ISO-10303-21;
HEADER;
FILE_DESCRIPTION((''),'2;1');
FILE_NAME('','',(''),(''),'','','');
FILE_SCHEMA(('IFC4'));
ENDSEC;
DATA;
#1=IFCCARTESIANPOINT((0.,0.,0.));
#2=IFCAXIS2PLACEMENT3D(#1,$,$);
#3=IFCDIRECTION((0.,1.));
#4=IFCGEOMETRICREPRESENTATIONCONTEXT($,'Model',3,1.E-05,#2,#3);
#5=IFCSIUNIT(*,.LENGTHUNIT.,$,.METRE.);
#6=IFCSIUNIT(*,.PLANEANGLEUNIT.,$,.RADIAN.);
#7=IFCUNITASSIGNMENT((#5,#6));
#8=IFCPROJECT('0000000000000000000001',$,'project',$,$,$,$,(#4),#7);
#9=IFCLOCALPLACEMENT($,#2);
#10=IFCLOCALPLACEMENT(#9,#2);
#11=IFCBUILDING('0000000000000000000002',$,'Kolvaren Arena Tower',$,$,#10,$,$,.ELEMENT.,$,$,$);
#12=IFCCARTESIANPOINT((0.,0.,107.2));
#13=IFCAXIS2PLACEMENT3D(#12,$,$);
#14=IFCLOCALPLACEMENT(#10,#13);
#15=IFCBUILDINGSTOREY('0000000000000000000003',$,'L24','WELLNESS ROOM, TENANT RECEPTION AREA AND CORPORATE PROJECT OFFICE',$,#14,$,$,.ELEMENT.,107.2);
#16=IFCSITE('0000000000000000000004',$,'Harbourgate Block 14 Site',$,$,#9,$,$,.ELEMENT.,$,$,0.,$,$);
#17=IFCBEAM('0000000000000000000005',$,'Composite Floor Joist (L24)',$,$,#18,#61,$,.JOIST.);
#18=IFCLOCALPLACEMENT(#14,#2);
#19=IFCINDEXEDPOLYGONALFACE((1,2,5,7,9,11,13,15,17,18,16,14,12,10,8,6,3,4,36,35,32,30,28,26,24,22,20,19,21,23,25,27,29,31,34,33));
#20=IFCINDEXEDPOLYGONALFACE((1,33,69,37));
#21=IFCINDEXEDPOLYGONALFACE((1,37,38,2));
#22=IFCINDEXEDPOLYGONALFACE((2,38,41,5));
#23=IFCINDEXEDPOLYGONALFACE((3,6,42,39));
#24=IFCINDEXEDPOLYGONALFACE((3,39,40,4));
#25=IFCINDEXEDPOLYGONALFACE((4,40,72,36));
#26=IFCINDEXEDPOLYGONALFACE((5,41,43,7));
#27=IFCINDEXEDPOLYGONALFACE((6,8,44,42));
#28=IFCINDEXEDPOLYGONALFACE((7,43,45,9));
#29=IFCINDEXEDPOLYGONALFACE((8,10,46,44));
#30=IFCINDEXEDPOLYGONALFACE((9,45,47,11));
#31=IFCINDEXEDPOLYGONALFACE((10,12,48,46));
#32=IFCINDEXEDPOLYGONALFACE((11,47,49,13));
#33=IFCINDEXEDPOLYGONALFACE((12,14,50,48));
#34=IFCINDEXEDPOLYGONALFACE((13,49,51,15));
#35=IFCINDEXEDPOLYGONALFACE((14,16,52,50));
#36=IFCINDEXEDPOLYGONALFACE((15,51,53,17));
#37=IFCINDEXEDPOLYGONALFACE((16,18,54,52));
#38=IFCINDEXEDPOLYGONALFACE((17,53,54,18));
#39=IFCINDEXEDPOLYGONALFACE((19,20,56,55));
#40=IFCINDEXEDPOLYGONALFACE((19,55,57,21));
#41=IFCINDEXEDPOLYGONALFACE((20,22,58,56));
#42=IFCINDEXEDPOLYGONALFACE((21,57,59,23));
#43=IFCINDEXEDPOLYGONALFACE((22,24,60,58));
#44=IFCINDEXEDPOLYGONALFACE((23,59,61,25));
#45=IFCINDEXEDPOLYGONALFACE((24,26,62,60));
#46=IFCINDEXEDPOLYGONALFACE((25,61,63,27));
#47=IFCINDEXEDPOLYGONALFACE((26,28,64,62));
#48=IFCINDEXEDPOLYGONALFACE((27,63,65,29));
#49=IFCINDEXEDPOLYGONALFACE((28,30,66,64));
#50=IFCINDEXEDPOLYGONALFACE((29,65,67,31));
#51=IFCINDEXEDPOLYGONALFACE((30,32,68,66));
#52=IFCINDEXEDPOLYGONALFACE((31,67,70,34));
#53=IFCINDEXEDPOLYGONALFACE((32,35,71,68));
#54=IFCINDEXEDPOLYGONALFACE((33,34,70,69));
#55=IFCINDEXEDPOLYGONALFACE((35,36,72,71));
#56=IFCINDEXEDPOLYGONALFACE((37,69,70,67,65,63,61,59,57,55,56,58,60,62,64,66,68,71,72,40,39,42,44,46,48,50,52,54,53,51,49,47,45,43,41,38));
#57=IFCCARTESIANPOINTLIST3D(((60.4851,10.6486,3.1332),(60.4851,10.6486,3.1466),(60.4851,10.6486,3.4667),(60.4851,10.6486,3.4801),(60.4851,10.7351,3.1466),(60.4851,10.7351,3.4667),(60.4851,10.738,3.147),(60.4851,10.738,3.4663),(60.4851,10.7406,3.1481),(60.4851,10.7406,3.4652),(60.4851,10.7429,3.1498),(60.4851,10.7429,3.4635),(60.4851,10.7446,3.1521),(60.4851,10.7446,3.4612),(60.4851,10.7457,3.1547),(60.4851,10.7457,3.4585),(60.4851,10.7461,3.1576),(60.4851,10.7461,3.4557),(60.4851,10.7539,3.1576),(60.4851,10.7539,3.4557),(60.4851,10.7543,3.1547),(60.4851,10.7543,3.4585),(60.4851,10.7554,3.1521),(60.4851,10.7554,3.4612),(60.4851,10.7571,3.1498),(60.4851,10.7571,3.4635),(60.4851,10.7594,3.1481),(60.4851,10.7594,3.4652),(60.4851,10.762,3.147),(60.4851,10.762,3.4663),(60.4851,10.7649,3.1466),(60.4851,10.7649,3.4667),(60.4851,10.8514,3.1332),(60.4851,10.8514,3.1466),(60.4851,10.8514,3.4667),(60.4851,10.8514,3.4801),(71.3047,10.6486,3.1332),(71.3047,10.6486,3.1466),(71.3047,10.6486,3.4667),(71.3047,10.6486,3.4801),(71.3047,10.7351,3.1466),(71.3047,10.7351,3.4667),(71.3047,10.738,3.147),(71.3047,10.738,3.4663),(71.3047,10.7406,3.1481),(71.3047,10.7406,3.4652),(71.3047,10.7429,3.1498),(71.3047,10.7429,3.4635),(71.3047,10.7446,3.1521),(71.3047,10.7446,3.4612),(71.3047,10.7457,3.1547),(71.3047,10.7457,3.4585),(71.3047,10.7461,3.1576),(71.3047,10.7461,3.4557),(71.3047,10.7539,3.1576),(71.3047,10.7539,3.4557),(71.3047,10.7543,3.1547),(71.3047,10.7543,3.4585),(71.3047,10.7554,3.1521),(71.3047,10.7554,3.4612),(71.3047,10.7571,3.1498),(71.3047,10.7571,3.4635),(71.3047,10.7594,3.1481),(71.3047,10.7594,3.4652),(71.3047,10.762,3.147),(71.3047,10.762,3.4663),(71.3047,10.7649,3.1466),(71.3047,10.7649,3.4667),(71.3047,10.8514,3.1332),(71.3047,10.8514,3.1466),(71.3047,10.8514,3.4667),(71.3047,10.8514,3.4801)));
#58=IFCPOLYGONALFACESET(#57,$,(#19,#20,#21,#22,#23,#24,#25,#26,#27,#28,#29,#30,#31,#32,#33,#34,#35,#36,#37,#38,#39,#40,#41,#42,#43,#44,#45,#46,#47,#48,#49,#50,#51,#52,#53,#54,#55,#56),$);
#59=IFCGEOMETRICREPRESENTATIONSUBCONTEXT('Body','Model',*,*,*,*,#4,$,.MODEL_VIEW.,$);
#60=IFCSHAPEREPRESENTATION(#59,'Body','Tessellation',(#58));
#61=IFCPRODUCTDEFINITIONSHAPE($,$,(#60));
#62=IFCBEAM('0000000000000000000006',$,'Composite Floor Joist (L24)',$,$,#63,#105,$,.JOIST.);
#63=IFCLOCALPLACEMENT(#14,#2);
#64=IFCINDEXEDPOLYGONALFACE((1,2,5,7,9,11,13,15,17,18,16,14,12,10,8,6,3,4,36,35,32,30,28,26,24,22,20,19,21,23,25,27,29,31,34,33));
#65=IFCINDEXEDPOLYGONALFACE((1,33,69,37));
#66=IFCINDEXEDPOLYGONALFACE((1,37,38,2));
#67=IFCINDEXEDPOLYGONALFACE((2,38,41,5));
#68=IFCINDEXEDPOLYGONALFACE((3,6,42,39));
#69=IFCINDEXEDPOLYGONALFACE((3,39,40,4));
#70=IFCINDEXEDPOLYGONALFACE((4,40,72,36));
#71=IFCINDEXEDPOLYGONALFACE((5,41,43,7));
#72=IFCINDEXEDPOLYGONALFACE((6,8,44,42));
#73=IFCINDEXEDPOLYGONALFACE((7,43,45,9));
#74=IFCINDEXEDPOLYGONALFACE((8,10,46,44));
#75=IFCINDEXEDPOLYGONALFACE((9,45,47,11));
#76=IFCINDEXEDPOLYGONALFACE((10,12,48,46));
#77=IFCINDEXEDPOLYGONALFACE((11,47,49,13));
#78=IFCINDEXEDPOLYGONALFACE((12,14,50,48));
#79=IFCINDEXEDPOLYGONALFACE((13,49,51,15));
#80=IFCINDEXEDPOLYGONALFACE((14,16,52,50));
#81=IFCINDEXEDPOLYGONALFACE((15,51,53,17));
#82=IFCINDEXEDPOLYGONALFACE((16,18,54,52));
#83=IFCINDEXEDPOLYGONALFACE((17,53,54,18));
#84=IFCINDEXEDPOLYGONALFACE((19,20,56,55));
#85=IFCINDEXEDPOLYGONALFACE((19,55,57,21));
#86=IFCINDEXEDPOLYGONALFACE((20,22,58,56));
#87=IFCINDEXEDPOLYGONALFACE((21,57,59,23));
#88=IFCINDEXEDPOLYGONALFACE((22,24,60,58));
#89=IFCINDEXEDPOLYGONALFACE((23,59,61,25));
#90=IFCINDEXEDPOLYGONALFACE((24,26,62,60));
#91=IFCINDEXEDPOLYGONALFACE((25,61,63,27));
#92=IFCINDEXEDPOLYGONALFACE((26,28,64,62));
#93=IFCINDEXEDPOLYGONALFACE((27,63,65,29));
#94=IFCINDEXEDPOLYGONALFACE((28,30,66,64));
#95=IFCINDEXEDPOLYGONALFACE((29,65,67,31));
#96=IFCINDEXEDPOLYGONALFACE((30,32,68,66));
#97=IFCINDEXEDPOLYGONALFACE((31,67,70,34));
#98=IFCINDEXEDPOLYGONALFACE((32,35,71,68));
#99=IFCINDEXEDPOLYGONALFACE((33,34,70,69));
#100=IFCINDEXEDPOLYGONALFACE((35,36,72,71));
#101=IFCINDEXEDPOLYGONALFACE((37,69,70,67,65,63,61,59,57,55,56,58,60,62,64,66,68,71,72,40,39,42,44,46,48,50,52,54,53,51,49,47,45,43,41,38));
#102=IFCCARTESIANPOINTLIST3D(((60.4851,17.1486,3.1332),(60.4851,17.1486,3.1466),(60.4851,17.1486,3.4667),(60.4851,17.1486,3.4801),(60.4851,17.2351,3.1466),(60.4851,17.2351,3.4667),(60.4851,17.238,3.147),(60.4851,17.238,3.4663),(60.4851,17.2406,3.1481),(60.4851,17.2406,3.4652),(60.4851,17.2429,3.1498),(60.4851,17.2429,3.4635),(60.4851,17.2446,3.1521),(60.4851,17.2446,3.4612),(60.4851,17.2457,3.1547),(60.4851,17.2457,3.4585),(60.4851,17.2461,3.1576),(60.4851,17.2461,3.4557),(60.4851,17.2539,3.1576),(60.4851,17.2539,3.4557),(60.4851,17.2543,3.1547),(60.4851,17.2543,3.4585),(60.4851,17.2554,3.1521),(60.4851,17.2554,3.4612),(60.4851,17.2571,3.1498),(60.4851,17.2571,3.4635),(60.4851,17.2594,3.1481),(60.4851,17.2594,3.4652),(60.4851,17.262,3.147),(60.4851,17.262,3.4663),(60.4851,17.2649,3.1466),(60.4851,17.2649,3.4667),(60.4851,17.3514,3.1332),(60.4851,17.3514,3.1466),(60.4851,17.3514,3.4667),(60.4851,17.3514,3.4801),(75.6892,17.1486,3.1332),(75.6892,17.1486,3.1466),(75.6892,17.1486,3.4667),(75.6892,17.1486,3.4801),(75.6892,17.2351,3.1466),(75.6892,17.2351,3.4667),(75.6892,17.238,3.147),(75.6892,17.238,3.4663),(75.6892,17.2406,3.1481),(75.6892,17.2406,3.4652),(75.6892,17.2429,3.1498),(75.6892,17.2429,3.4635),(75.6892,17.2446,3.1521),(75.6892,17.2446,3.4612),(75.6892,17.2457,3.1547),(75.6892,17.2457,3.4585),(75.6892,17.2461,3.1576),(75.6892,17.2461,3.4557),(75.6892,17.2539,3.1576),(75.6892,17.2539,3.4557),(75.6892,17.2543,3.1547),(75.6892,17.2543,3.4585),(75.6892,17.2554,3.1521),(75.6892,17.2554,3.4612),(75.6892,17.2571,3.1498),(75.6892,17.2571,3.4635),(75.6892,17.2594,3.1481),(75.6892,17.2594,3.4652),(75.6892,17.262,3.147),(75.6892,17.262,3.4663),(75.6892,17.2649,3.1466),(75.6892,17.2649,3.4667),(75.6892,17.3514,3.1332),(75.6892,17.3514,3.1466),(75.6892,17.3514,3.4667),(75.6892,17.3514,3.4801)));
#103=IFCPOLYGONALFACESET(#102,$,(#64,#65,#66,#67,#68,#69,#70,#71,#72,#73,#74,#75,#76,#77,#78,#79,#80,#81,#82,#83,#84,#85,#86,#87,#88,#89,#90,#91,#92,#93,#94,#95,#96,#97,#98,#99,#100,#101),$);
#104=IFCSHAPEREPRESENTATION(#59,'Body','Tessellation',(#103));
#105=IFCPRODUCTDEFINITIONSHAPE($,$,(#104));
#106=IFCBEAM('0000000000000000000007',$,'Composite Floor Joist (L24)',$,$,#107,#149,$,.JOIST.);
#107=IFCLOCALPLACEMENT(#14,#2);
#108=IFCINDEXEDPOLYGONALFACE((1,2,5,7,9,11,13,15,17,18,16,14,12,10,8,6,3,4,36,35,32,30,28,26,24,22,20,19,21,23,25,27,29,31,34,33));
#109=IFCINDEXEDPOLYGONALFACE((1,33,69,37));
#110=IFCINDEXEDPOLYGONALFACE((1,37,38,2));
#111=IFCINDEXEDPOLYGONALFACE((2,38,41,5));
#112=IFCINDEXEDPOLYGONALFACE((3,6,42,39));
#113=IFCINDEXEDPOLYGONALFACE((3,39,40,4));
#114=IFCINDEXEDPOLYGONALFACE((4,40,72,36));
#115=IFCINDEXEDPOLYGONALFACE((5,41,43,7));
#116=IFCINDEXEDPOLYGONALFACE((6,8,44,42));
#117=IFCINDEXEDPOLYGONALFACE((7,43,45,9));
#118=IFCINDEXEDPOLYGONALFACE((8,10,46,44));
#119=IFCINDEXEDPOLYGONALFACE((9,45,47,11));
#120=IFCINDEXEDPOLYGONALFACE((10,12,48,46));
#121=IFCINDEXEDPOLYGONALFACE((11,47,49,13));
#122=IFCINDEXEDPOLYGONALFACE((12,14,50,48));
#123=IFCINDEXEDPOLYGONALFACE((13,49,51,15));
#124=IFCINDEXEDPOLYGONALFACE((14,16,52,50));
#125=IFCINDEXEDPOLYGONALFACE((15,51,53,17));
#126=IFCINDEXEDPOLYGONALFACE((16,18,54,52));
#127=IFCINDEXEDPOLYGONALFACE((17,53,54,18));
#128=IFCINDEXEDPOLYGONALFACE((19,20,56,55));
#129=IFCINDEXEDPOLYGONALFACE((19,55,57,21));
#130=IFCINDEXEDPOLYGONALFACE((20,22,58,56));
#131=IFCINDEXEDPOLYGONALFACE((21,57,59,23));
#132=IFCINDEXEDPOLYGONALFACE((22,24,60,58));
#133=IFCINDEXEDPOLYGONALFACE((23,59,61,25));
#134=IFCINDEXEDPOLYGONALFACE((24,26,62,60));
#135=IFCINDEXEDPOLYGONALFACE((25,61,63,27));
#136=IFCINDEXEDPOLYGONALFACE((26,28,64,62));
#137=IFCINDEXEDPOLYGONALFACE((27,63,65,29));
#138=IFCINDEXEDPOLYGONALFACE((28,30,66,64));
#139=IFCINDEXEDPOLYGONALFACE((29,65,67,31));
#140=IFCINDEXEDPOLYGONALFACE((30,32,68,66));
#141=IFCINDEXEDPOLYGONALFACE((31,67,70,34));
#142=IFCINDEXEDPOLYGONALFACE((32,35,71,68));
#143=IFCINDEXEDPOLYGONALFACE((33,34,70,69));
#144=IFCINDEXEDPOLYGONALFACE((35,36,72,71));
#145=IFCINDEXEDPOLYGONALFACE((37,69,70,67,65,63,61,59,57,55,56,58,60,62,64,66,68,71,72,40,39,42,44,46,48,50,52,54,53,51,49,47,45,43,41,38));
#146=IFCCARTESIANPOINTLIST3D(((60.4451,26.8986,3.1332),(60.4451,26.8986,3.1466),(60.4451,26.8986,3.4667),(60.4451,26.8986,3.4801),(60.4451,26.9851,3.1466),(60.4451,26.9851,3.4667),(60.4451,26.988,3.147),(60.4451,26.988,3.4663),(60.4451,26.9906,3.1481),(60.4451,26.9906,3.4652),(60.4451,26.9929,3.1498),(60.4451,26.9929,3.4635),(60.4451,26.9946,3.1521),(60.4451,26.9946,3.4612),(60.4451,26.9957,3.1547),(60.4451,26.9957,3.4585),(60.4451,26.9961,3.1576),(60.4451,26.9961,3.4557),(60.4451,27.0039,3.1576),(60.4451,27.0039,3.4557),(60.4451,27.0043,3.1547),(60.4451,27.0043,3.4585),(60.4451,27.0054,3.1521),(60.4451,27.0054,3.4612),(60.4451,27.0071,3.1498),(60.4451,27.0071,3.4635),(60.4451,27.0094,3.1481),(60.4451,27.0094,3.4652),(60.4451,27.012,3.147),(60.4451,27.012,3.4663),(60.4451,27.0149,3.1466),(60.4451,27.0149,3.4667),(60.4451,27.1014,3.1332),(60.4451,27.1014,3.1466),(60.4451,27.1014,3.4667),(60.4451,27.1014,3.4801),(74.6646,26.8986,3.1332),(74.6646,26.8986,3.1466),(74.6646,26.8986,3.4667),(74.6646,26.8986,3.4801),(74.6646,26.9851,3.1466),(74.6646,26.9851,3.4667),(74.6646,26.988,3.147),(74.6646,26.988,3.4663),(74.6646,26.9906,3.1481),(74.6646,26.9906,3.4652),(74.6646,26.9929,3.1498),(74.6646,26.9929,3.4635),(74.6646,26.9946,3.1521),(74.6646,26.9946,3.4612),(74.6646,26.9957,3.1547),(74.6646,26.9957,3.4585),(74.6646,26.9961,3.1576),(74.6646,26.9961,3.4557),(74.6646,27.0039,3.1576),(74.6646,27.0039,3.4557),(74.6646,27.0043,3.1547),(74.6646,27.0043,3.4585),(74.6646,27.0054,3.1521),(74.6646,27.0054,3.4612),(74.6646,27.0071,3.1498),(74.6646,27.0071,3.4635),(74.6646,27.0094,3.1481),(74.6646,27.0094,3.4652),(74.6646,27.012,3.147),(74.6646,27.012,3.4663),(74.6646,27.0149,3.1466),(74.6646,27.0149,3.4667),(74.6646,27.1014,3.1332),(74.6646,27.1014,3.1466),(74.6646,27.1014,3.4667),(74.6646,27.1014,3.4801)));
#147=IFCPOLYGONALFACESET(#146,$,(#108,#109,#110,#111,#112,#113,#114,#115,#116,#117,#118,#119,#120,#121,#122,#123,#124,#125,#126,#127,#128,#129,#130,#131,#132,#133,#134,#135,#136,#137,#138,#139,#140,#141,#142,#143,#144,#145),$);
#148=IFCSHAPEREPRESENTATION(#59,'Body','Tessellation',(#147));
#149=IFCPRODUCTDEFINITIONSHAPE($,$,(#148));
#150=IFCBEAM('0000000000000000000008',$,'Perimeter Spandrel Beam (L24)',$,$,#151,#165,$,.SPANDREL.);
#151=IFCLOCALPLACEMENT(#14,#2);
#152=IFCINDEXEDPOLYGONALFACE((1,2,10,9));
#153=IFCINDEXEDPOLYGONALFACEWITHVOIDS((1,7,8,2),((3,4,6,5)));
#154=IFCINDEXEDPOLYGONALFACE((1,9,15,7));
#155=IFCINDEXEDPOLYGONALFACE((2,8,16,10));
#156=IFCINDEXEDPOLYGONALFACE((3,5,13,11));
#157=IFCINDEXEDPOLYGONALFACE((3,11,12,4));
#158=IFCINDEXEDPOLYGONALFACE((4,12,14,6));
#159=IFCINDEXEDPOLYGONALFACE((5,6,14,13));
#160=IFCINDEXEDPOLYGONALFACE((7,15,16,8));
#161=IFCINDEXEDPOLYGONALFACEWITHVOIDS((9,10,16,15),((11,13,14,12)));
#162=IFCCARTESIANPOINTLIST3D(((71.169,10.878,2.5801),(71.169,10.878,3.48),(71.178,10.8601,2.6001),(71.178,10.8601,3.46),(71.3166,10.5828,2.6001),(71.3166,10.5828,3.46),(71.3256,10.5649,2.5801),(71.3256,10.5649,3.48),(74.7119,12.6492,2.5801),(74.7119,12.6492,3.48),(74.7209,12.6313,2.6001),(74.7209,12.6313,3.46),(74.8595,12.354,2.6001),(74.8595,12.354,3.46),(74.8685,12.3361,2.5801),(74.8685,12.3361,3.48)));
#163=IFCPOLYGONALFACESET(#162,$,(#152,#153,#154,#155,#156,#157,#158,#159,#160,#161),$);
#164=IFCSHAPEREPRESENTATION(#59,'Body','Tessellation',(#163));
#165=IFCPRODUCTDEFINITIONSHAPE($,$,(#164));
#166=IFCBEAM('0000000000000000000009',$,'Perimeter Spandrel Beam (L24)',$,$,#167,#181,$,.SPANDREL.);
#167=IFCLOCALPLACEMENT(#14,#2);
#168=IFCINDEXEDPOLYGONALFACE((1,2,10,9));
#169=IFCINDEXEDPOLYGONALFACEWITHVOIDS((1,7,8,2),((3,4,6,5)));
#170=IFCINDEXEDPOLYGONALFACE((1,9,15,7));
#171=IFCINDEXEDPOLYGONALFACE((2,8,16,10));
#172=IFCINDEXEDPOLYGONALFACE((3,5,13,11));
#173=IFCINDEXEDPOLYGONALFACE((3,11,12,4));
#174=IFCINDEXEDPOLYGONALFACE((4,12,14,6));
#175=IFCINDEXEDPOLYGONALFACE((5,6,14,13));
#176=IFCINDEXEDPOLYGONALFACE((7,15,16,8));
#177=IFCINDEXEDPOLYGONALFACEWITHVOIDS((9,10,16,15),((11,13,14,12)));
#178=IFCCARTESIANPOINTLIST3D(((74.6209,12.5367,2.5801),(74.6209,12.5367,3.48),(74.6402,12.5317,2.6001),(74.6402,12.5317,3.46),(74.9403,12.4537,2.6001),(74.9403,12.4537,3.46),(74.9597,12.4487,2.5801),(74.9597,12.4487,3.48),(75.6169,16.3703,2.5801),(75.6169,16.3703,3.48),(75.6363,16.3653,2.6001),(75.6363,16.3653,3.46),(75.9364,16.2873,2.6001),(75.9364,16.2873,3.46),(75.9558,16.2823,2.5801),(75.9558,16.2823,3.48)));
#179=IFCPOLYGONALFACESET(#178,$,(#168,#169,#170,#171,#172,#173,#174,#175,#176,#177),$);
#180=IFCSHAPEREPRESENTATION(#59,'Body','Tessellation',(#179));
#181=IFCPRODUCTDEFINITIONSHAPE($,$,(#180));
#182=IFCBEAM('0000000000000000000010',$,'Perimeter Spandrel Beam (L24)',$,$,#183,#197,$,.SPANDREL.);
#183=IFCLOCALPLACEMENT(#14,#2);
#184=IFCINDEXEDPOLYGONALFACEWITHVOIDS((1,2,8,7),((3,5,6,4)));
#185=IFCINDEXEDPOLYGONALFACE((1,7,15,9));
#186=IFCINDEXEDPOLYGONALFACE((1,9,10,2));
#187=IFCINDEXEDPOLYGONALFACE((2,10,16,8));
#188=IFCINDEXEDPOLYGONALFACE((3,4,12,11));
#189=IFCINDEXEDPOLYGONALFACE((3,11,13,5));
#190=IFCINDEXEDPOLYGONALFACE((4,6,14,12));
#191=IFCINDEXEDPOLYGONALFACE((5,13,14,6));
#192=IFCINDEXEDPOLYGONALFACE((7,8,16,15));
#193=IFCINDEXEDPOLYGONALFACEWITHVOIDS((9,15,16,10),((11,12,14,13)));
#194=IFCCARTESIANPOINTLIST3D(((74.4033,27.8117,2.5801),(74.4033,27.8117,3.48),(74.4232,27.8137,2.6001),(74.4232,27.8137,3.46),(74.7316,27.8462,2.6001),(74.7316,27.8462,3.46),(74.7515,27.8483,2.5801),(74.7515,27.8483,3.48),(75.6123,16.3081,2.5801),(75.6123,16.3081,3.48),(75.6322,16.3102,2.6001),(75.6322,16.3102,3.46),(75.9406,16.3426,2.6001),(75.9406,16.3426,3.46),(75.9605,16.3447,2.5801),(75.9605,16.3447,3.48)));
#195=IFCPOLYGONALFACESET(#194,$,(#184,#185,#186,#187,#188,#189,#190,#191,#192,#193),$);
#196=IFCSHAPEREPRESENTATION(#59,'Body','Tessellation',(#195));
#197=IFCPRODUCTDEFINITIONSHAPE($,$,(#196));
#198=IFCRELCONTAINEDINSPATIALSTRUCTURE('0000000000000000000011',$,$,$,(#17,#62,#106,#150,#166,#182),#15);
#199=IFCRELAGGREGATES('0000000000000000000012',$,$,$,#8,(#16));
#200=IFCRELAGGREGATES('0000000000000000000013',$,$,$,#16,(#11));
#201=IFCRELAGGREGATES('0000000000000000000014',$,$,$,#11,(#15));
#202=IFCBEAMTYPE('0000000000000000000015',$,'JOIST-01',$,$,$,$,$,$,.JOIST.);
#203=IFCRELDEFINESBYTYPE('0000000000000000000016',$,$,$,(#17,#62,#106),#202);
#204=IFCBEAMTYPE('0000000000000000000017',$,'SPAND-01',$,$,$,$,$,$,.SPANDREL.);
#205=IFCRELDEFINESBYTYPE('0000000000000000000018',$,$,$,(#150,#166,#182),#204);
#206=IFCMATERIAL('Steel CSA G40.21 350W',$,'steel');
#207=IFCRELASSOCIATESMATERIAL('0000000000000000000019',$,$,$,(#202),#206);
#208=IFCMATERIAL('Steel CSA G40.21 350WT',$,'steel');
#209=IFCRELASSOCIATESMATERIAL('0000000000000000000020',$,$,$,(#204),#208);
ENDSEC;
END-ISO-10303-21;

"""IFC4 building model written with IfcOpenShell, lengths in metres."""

from ifc_helpers import new_model, si_unit, direction, frame, origin, origin_2d, place, context, subcontext, project, spatial, hollow_rectangle, i_section, extrude, material, material_profile, profile_set, type_object, element, save


model = new_model("IFC4")

# Units and contexts
model_context = context("Model", 3, precision=1e-05, world=origin(), true_north=direction((0.0, 1.0)))
body_context = subcontext(model_context, "Body", "Model", "MODEL_VIEW")
ifc_project = project(units=[si_unit("LENGTHUNIT", "METRE"), si_unit("PLANEANGLEUNIT", "RADIAN")], contexts=[model_context])

# Site, building, storey
site_placement = place(None, origin())
site = spatial("IfcSite", under=ifc_project, at=site_placement, Name="Harbourgate Block 14 Site", CompositionType="ELEMENT", RefElevation=0.0)
building_placement = place(site_placement, origin())
building = spatial("IfcBuilding", under=site, at=building_placement, Name="Kolvaren Arena Tower", CompositionType="ELEMENT")
storey_placement = place(building_placement, frame((0.0, 0.0, 107.2)))
storey = spatial("IfcBuildingStorey", under=building, at=storey_placement, Name="L24", Description="WELLNESS ROOM, TENANT RECEPTION AREA AND CORPORATE PROJECT OFFICE", CompositionType="ELEMENT", Elevation=107.2)

# Beams
ifc_material_1 = material(Name="Steel CSA G40.21 350W", Category="steel")
ifc_material_profile_1 = material_profile(ifc_material_1, i_section(OverallWidth=0.2029, OverallDepth=0.3469, WebThickness=0.0078, FlangeThickness=0.0134, FilletRadius=0.011, at=origin_2d()), Name="W360x64")
ifc_profile_set_1 = profile_set([ifc_material_profile_1], Name="Steel CSA G40.21 350W")
beam_type_1 = type_object("IfcBeamType", Name="JOIST-01", PredefinedType="JOIST", material=ifc_profile_set_1)
beam_1_placement = place(storey_placement, frame((60.4851, 10.75, 3.3066), z_axis=(1.0, 0.0, 0.0), x_axis=(0.0, 1.0, 0.0)))
element("IfcBeam", 1, at=beam_1_placement, inside=storey, type_object=beam_type_1, Name="Composite Floor Joist (L24)", PredefinedType="JOIST", context=body_context, shape_type="SweptSolid", body=[
    extrude(i_section(OverallWidth=0.2029, OverallDepth=0.3469, WebThickness=0.0078, FlangeThickness=0.0134, FilletRadius=0.011, at=origin_2d()), origin(), (0.0, 0.0, 1.0), 10.8196),
])
beam_2_placement = place(storey_placement, frame((60.4851, 17.25, 3.3066), z_axis=(1.0, 0.0, 0.0), x_axis=(0.0, 1.0, 0.0)))
element("IfcBeam", 2, at=beam_2_placement, inside=storey, type_object=beam_type_1, Name="Composite Floor Joist (L24)", PredefinedType="JOIST", context=body_context, shape_type="SweptSolid", body=[
    extrude(i_section(OverallWidth=0.2029, OverallDepth=0.3469, WebThickness=0.0078, FlangeThickness=0.0134, FilletRadius=0.011, at=origin_2d()), origin(), (0.0, 0.0, 1.0), 15.2041),
])
beam_3_placement = place(storey_placement, frame((60.4451, 27.0, 3.3066), z_axis=(1.0, 0.0, 0.0), x_axis=(0.0, 1.0, 0.0)))
element("IfcBeam", 3, at=beam_3_placement, inside=storey, type_object=beam_type_1, Name="Composite Floor Joist (L24)", PredefinedType="JOIST", context=body_context, shape_type="SweptSolid", body=[
    extrude(i_section(OverallWidth=0.2029, OverallDepth=0.3469, WebThickness=0.0078, FlangeThickness=0.0134, FilletRadius=0.011, at=origin_2d()), origin(), (0.0, 0.0, 1.0), 14.2195),
])
ifc_material_2 = material(Name="Steel CSA G40.21 350WT", Category="steel")
ifc_material_profile_2 = material_profile(ifc_material_2, hollow_rectangle(XDim=0.3501, YDim=0.8999, WallThickness=0.02, at=origin_2d()), Name="HSS 900x350x20")
ifc_profile_set_2 = profile_set([ifc_material_profile_2], Name="Steel CSA G40.21 350WT")
beam_type_2 = type_object("IfcBeamType", Name="SPAND-01", PredefinedType="SPANDREL", material=ifc_profile_set_2)
for number, where, z_axis, x_axis, name in (
    (4, (71.2473, 10.7214, 3.03), (0.894452, 0.447164, 0.0), (-0.447164, 0.894452, 0.0), "Perimeter Spandrel Beam (L24)"),
    (5, (74.7903, 12.4927, 3.03), (0.251473, 0.967864, 0.0), (-0.967864, 0.251473, 0.0), "Perimeter Spandrel Beam (L24)"),
):
    element("IfcBeam", number, at=place(storey_placement, frame(where, z_axis=z_axis, x_axis=x_axis)), inside=storey, type_object=beam_type_2, Name=name, PredefinedType="SPANDREL", context=body_context, shape_type="SweptSolid", body=[
        extrude(hollow_rectangle(XDim=0.3501, YDim=0.8999, WallThickness=0.02, at=origin_2d()), origin(), (0.0, 0.0, 1.0), 3.9609),
    ])
beam_4_placement = place(storey_placement, frame((75.7864, 16.3264, 3.03), z_axis=(-0.104522, 0.994523, 0.0), x_axis=(-0.994523, -0.104522, 0.0)))
element("IfcBeam", 6, at=beam_4_placement, inside=storey, type_object=beam_type_2, Name="Perimeter Spandrel Beam (L24)", PredefinedType="SPANDREL", context=body_context, shape_type="SweptSolid", body=[
    extrude(hollow_rectangle(XDim=0.3501, YDim=0.8999, WallThickness=0.02, at=origin_2d()), origin(), (0.0, 0.0, 1.0), 11.5669),
])

save(model, "model.ifc")
